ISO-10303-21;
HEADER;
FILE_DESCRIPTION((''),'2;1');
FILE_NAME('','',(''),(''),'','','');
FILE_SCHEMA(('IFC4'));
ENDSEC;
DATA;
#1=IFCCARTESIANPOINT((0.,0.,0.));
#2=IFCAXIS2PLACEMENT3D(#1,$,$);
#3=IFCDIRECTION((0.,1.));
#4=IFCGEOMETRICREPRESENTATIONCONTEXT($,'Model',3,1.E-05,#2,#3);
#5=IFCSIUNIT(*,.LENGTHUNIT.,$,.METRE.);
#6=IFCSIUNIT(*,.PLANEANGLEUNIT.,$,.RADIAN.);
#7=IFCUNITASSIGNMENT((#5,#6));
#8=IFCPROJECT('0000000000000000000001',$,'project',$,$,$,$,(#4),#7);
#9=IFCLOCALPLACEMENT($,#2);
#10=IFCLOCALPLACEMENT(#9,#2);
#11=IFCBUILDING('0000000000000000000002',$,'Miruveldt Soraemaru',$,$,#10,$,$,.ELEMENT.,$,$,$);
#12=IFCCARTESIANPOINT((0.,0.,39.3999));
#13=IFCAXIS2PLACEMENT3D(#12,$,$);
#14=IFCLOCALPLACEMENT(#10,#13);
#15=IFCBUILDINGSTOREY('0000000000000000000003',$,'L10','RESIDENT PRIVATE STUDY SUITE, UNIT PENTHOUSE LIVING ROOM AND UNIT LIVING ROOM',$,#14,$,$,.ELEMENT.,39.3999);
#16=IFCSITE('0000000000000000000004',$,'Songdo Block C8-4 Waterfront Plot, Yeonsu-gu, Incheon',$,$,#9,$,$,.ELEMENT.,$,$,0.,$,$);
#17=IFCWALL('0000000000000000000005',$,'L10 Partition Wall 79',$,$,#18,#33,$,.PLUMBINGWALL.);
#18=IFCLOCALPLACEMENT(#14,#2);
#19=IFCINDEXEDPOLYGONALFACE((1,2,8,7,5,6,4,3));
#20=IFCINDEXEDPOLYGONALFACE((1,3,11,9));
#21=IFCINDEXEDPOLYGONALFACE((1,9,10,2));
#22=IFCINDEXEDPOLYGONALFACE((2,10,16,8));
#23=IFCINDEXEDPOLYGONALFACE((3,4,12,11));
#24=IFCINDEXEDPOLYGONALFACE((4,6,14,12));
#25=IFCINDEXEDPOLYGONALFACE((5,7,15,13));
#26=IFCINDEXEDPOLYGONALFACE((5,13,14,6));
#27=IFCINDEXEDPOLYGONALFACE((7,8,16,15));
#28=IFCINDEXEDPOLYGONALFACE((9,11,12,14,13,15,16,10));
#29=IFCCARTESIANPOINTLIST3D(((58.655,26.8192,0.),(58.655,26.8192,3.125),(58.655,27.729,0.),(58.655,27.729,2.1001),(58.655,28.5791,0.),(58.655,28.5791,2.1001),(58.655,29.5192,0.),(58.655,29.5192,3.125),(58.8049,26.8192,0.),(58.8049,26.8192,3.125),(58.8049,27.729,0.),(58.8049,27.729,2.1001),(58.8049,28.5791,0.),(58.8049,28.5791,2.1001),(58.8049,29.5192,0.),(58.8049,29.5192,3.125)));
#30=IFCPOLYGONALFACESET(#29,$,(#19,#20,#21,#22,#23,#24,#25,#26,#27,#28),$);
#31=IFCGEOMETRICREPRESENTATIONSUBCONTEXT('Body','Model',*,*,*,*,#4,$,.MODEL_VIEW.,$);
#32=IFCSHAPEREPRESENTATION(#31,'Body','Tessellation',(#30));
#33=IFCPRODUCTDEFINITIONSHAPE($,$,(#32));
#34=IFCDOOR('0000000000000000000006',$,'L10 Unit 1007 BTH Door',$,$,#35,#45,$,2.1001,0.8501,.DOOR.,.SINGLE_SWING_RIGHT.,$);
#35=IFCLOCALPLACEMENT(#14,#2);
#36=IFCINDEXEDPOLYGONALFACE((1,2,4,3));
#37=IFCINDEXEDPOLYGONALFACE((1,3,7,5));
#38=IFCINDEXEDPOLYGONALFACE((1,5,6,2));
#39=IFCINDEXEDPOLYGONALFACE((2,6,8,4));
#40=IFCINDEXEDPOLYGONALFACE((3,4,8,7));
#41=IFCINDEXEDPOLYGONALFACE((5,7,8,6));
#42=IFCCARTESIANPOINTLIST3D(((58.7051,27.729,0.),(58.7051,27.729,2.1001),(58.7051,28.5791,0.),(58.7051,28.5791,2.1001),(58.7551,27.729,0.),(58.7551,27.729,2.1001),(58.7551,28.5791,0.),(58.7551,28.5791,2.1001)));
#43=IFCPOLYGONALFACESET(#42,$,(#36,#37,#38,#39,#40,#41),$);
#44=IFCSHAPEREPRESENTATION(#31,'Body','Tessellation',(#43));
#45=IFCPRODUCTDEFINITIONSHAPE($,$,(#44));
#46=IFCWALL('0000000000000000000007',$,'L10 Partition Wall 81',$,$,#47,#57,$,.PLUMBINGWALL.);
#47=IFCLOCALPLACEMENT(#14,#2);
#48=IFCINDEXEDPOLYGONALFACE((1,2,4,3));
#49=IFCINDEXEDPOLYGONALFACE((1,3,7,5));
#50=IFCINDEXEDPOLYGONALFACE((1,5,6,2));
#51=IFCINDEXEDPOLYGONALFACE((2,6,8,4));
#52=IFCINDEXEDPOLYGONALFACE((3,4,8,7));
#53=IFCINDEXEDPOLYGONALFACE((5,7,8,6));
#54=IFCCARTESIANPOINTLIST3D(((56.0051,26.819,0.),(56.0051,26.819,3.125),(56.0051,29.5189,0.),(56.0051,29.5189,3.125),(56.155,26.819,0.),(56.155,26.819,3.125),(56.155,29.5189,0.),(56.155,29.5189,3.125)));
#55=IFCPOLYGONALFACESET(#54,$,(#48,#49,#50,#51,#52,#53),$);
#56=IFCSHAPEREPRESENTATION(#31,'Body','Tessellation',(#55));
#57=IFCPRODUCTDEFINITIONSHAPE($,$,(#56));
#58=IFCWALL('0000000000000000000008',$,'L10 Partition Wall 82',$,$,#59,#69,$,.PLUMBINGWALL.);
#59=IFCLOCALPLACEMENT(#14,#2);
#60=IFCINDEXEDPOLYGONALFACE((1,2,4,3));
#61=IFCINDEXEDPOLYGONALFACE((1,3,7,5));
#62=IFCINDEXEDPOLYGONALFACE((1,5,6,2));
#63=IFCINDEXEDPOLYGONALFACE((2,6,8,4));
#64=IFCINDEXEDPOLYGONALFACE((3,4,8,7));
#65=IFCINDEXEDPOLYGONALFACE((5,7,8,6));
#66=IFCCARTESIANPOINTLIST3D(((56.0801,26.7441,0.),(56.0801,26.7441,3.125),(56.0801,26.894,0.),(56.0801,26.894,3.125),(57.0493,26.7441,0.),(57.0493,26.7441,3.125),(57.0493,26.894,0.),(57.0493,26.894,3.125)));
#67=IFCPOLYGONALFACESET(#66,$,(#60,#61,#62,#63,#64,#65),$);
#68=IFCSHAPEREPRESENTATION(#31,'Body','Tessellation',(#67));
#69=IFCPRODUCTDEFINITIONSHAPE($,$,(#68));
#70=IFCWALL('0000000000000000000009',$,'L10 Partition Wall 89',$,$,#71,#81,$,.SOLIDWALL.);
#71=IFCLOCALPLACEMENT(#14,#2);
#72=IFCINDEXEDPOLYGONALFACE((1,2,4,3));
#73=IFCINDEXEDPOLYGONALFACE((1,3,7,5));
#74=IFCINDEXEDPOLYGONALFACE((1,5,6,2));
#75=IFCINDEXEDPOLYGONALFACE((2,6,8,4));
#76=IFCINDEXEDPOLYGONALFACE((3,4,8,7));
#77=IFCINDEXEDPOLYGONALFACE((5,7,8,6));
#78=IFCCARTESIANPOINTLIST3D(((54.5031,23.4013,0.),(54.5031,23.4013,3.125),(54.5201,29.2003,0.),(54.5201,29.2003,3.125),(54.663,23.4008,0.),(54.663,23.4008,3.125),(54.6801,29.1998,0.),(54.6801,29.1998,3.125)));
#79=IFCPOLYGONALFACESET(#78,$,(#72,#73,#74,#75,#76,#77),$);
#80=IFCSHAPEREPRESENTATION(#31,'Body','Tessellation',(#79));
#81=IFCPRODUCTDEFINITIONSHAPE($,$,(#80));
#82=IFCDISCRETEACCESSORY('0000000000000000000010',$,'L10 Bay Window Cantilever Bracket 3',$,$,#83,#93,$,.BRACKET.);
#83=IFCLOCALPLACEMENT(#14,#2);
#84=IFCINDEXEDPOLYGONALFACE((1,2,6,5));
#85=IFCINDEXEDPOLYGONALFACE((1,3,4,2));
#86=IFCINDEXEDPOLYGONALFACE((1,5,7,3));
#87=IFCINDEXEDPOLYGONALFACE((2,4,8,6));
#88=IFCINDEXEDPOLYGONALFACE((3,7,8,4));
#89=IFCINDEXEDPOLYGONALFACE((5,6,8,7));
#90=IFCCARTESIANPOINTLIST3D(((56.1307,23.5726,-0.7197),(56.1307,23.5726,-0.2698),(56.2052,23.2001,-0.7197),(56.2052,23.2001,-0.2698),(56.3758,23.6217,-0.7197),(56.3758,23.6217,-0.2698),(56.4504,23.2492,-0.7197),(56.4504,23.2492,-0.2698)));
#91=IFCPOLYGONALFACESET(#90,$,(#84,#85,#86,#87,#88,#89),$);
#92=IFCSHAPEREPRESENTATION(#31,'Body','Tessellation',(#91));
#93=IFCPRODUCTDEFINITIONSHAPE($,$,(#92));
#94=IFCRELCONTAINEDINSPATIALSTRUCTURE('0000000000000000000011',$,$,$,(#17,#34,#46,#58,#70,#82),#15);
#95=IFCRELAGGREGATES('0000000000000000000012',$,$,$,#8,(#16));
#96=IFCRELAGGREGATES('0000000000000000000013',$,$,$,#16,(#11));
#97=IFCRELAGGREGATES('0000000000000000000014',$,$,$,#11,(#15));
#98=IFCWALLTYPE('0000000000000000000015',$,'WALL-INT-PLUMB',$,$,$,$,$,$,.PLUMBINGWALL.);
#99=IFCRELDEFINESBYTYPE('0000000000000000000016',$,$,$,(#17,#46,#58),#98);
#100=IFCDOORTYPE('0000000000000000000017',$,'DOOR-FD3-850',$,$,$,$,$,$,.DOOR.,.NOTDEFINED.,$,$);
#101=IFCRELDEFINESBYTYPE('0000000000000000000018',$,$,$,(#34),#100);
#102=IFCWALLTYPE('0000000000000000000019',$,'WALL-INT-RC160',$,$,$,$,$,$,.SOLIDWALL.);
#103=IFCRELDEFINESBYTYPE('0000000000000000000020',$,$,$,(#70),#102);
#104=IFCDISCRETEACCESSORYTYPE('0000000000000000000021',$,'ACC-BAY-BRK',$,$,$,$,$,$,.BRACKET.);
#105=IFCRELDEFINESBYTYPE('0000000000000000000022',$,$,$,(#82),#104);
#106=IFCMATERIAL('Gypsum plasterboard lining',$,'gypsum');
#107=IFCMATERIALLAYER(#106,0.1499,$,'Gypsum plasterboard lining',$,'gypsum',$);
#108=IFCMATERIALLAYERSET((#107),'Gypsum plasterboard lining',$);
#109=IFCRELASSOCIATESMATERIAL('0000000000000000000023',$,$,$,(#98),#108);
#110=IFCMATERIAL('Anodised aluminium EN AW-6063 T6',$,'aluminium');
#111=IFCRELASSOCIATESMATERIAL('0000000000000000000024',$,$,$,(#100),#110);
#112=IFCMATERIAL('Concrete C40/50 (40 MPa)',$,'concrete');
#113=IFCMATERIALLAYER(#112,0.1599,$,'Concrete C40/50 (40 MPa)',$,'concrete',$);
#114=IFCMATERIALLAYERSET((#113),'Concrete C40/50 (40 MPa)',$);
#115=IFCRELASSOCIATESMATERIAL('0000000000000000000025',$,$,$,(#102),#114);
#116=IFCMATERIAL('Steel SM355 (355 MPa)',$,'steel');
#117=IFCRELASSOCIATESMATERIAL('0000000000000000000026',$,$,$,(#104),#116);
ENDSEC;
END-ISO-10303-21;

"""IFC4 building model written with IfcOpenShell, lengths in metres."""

from ifc_helpers import new_model, si_unit, direction, frame, frame_2d, origin, origin_2d, place, context, subcontext, project, spatial, rectangle, extrude, material, layer, layer_set, type_object, element, fill, save


model = new_model("IFC4")

# Units and contexts
model_context = context("Model", 3, precision=1e-05, world=origin(), true_north=direction((0.0, 1.0)))
body_context = subcontext(model_context, "Body", "Model", "MODEL_VIEW")
ifc_project = project(units=[si_unit("LENGTHUNIT", "METRE"), si_unit("PLANEANGLEUNIT", "RADIAN")], contexts=[model_context])

# Site, building, storey
site_placement = place(None, origin())
site = spatial("IfcSite", under=ifc_project, at=site_placement, Name="Songdo Block C8-4 Waterfront Plot, Yeonsu-gu, Incheon", CompositionType="ELEMENT", RefElevation=0.0)
building_placement = place(site_placement, origin())
building = spatial("IfcBuilding", under=site, at=building_placement, Name="Miruveldt Soraemaru", CompositionType="ELEMENT")
storey_placement = place(building_placement, frame((0.0, 0.0, 39.3999)))
storey = spatial("IfcBuildingStorey", under=building, at=storey_placement, Name="L10", Description="RESIDENT PRIVATE STUDY SUITE, UNIT PENTHOUSE LIVING ROOM AND UNIT LIVING ROOM", CompositionType="ELEMENT", Elevation=39.3999)

# Shared definitions
ifc_material_1 = material(Name="Anodised aluminium EN AW-6063 T6", Category="aluminium")

# Shared definitions
ifc_material_2 = material(Name="Gypsum plasterboard lining", Category="gypsum")

# Wall, opening, door
ifc_layer_1 = layer(ifc_material_2, 0.1499, Name="Gypsum plasterboard lining", Category="gypsum")
ifc_layer_set_1 = layer_set([ifc_layer_1], Name="Gypsum plasterboard lining")
wall_type_1 = type_object("IfcWallType", Name="WALL-INT-PLUMB", PredefinedType="PLUMBINGWALL", material=ifc_layer_set_1)
wall_1_placement = place(storey_placement, frame((58.73, 26.8191, 0.0), z_axis=(0.0, 0.0, 1.0), x_axis=(0.0, 1.0, 0.0)))
wall_1 = element("IfcWall", 1, at=wall_1_placement, inside=storey, type_object=wall_type_1, Name="L10 Partition Wall 79", PredefinedType="PLUMBINGWALL", context=body_context, shape_type="SweptSolid", body=[
    extrude(rectangle(XDim=2.7, YDim=0.1499, at=frame_2d((1.3501, 0.0))), origin(), (0.0, 0.0, 1.0), 3.125),
])
opening_1_placement = place(wall_1_placement, frame((0.9099, 0.0, 0.0)))
opening_1 = element("IfcOpeningElement", 2, at=opening_1_placement, cuts=wall_1, PredefinedType="OPENING", context=body_context, shape_type="SweptSolid", body=[
    extrude(rectangle(XDim=0.8501, YDim=2.1001, at=frame_2d((0.425, 1.05))), frame((0.0, 0.085, 0.0), z_axis=(0.0, -1.0, 0.0), x_axis=(1.0, 0.0, 0.0)), (0.0, 0.0, 1.0), 0.1699),
])
door_type_1 = type_object("IfcDoorType", Name="DOOR-FD3-850", OperationType="NOTDEFINED", PredefinedType="DOOR", material=ifc_material_1)
door_1_placement = place(opening_1_placement, origin())
door_1 = element("IfcDoor", 3, at=door_1_placement, inside=storey, type_object=door_type_1, Name="L10 Unit 1007 BTH Door", OperationType="SINGLE_SWING_RIGHT", OverallHeight=2.1001, OverallWidth=0.8501, PredefinedType="DOOR", context=body_context, shape_type="SweptSolid", body=[
    extrude(rectangle(XDim=0.8501, YDim=2.1001, at=frame_2d((0.425, 1.05))), frame((0.0, 0.0249, 0.0), z_axis=(0.0, -1.0, 0.0), x_axis=(1.0, 0.0, 0.0)), (0.0, 0.0, 1.0), 0.05),
])
fill(opening_1, door_1)

# Walls
wall_2_placement = place(storey_placement, frame((56.0801, 29.519, 0.0), z_axis=(0.0, 0.0, 1.0), x_axis=(0.0, -1.0, 0.0)))
element("IfcWall", 4, at=wall_2_placement, inside=storey, type_object=wall_type_1, Name="L10 Partition Wall 81", PredefinedType="PLUMBINGWALL", context=body_context, shape_type="SweptSolid", body=[
    extrude(rectangle(XDim=2.7, YDim=0.1499, at=frame_2d((1.3501, 0.0))), origin(), (0.0, 0.0, 1.0), 3.125),
])
wall_3_placement = place(storey_placement, frame((56.0801, 26.8191, 0.0), z_axis=(0.0, 0.0, 1.0), x_axis=(1.0, 0.0, 0.0)))
element("IfcWall", 5, at=wall_3_placement, inside=storey, type_object=wall_type_1, Name="L10 Partition Wall 82", PredefinedType="PLUMBINGWALL", context=body_context, shape_type="SweptSolid", body=[
    extrude(rectangle(XDim=0.9692, YDim=0.1499, at=frame_2d((0.4846, 0.0))), origin(), (0.0, 0.0, 1.0), 3.125),
])
ifc_material_3 = material(Name="Concrete C40/50 (40 MPa)", Category="concrete")
ifc_layer_2 = layer(ifc_material_3, 0.1599, Name="Concrete C40/50 (40 MPa)", Category="concrete")
ifc_layer_set_2 = layer_set([ifc_layer_2], Name="Concrete C40/50 (40 MPa)")
wall_type_2 = type_object("IfcWallType", Name="WALL-INT-RC160", PredefinedType="SOLIDWALL", material=ifc_layer_set_2)
wall_4_placement = place(storey_placement, frame((54.6001, 29.2, 0.0), z_axis=(0.0, 0.0, 1.0), x_axis=(-0.002947, -0.999996, 0.0)))
element("IfcWall", 6, at=wall_4_placement, inside=storey, type_object=wall_type_2, Name="L10 Partition Wall 89", PredefinedType="SOLIDWALL", context=body_context, shape_type="SweptSolid", body=[
    extrude(rectangle(XDim=5.7991, YDim=0.1599, at=frame_2d((2.8994, 0.0))), origin(), (0.0, 0.0, 1.0), 3.125),
])

# Discrete accessory
ifc_material_4 = material(Name="Steel SM355 (355 MPa)", Category="steel")
discrete_accessory_type = type_object("IfcDiscreteAccessoryType", Name="ACC-BAY-BRK", PredefinedType="BRACKET", material=ifc_material_4)
discrete_accessory_placement = place(storey_placement, frame((56.2905, 23.4109, -0.7197), z_axis=(0.0, 0.0, 1.0), x_axis=(0.196117, -0.98058, 0.0)))
element("IfcDiscreteAccessory", 7, at=discrete_accessory_placement, inside=storey, type_object=discrete_accessory_type, Name="L10 Bay Window Cantilever Bracket 3", PredefinedType="BRACKET", context=body_context, shape_type="SweptSolid", body=[
    extrude(rectangle(XDim=0.3799, YDim=0.25, at=origin_2d()), origin(), (0.0, 0.0, 1.0), 0.45),
])

save(model, "model.ifc")
